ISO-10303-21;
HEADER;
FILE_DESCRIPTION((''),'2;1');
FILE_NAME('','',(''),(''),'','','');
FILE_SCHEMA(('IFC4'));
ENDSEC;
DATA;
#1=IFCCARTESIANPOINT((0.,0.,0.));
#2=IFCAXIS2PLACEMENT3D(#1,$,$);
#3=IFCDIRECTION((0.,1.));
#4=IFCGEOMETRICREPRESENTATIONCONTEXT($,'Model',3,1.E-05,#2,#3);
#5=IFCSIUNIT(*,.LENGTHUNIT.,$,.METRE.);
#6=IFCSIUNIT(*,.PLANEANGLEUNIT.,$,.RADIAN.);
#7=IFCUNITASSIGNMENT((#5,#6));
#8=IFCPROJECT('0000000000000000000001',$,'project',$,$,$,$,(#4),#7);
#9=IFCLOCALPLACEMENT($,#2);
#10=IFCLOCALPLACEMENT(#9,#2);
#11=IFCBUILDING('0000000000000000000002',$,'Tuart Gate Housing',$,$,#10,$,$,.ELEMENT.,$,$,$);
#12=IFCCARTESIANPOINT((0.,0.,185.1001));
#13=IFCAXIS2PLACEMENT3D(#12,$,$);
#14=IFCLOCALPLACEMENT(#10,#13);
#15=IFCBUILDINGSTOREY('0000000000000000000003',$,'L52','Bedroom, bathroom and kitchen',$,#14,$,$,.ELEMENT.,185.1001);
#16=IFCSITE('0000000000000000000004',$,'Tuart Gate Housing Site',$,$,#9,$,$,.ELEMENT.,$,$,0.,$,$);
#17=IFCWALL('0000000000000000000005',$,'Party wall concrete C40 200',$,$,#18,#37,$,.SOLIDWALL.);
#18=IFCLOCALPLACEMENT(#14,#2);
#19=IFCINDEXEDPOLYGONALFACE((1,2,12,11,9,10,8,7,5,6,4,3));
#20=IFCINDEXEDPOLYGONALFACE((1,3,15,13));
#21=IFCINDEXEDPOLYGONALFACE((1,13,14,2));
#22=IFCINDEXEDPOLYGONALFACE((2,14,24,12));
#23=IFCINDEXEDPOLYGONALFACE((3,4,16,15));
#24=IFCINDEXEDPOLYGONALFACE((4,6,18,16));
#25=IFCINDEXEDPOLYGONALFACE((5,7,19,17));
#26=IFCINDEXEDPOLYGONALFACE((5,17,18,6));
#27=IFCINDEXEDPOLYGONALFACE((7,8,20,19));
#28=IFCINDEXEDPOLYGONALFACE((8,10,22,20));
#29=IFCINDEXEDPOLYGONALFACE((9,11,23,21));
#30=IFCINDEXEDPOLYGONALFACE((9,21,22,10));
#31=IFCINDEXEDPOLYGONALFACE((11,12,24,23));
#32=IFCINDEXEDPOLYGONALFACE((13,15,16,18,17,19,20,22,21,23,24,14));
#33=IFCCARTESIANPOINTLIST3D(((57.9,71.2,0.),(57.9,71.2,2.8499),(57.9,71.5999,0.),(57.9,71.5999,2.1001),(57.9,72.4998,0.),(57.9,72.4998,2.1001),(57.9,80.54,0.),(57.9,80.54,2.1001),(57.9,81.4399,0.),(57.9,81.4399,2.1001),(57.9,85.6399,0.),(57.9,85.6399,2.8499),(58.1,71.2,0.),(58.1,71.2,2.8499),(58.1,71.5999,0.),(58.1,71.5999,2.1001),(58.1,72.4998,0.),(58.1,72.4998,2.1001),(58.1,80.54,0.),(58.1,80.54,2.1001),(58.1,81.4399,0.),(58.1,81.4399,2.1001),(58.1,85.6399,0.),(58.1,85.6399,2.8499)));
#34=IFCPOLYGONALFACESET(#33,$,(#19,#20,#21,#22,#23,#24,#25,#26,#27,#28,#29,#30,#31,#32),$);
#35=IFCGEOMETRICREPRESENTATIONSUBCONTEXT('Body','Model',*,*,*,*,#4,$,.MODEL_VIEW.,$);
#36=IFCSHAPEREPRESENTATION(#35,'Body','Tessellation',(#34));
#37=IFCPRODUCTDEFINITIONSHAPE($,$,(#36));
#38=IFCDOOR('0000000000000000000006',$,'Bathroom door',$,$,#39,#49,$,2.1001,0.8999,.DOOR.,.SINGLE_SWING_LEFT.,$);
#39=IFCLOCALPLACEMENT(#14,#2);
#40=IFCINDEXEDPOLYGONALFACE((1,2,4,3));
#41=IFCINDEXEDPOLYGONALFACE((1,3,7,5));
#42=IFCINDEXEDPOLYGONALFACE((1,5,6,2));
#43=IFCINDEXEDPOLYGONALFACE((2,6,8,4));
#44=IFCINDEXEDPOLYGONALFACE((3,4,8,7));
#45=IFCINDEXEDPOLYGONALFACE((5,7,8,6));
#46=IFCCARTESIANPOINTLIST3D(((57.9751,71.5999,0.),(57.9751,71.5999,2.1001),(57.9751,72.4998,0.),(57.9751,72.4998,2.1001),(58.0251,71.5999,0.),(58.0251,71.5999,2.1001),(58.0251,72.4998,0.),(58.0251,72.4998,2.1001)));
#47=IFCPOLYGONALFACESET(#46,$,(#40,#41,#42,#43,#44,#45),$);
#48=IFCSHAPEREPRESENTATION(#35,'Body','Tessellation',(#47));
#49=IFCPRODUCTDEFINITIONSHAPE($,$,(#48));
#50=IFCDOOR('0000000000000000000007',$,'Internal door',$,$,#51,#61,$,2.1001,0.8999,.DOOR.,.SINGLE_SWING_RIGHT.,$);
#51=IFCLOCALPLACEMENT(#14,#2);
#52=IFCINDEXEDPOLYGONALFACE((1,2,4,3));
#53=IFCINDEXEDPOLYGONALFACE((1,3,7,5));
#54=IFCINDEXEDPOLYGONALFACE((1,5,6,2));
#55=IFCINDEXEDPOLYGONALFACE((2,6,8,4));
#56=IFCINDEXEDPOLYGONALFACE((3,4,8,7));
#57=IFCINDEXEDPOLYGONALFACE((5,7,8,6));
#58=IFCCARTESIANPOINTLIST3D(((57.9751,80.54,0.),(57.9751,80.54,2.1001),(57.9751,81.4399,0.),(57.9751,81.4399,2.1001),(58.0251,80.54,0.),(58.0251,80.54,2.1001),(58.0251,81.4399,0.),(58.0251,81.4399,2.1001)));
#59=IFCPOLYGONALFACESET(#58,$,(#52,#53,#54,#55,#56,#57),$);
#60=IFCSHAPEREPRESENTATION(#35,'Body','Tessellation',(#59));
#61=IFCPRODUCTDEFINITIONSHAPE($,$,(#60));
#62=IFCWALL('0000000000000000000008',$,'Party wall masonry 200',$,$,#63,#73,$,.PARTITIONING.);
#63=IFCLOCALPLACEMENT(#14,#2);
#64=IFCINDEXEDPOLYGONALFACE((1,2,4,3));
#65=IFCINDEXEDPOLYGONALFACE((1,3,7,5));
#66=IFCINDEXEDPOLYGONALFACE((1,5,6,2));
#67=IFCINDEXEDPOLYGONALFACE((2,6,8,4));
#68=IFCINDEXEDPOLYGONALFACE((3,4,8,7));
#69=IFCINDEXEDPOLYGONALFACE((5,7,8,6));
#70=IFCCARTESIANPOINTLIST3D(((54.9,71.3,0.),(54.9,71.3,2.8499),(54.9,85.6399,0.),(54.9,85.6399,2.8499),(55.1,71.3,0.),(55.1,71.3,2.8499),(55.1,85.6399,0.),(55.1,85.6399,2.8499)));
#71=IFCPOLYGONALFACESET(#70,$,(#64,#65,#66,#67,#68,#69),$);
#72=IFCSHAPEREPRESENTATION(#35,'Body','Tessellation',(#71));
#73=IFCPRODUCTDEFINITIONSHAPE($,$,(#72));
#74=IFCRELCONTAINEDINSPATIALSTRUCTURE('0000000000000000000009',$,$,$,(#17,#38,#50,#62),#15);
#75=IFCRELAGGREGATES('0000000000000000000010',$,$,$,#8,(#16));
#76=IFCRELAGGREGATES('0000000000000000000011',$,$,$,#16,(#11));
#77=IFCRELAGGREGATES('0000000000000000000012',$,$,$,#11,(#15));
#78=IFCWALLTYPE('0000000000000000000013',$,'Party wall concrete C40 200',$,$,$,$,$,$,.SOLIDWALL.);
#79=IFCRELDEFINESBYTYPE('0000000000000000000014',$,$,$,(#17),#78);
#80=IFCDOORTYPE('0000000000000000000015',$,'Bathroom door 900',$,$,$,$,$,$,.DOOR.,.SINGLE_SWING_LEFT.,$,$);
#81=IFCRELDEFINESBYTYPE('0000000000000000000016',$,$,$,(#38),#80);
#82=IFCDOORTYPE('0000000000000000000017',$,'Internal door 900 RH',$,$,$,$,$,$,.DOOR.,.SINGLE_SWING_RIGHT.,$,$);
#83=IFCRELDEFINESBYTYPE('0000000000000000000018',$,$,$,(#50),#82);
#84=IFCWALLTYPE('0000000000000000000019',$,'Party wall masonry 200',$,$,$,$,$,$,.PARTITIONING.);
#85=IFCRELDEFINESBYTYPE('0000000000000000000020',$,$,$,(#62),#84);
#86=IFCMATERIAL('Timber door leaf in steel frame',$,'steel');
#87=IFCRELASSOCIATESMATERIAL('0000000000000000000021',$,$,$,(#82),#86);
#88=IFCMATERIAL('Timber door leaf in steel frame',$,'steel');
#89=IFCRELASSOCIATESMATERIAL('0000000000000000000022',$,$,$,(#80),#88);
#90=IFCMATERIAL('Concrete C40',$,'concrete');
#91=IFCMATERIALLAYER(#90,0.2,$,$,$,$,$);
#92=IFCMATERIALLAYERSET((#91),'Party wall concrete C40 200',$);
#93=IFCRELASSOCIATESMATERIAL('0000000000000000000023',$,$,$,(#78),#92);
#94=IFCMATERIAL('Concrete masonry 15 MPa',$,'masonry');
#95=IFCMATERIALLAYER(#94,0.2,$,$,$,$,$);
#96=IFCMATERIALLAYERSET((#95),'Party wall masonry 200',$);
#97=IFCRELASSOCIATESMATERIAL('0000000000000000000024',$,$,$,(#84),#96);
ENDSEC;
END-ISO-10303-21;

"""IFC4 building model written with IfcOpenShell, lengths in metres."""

from ifc_helpers import new_model, si_unit, direction, frame, frame_2d, origin, place, context, subcontext, project, spatial, rectangle, extrude, material, layer, layer_set, type_object, element, fill, save


model = new_model("IFC4")

# Units and contexts
model_context = context("Model", 3, precision=1e-05, world=origin(), true_north=direction((0.0, 1.0)))
body_context = subcontext(model_context, "Body", "Model", "MODEL_VIEW")
ifc_project = project(units=[si_unit("LENGTHUNIT", "METRE"), si_unit("PLANEANGLEUNIT", "RADIAN")], contexts=[model_context])

# Site, building, storey
site_placement = place(None, origin())
site = spatial("IfcSite", under=ifc_project, at=site_placement, Name="Tuart Gate Housing Site", CompositionType="ELEMENT", RefElevation=0.0)
building_placement = place(site_placement, origin())
building = spatial("IfcBuilding", under=site, at=building_placement, Name="Tuart Gate Housing", CompositionType="ELEMENT")
storey_placement = place(building_placement, frame((0.0, 0.0, 185.1001)))
storey = spatial("IfcBuildingStorey", under=building, at=storey_placement, Name="L52", Description="Bedroom, bathroom and kitchen", CompositionType="ELEMENT", Elevation=185.1001)

# Shared definitions
ifc_material_1 = material(Name="Timber door leaf in steel frame", Category="steel")
door_type_1 = type_object("IfcDoorType", Name="Internal door 900 RH", OperationType="SINGLE_SWING_RIGHT", PredefinedType="DOOR", material=ifc_material_1)

# Shared definitions
ifc_material_2 = material(Name="Timber door leaf in steel frame", Category="steel")
door_type_2 = type_object("IfcDoorType", Name="Bathroom door 900", OperationType="SINGLE_SWING_LEFT", PredefinedType="DOOR", material=ifc_material_2)

# Shared definitions
ifc_material_3 = material(Name="Concrete C40", Category="concrete")
ifc_layer_1 = layer(ifc_material_3, 0.2)
ifc_layer_set_1 = layer_set([ifc_layer_1], Name="Party wall concrete C40 200")
wall_type_1 = type_object("IfcWallType", Name="Party wall concrete C40 200", PredefinedType="SOLIDWALL", material=ifc_layer_set_1)

# Wall, openings, doors
wall_1_placement = place(storey_placement, frame((58.0, 71.2, 0.0), z_axis=(0.0, 0.0, 1.0), x_axis=(0.0, 1.0, 0.0)))
wall_1 = element("IfcWall", 1, at=wall_1_placement, inside=storey, type_object=wall_type_1, Name="Party wall concrete C40 200", PredefinedType="SOLIDWALL", context=body_context, shape_type="SweptSolid", body=[
    extrude(rectangle(XDim=14.4399, YDim=0.2, at=frame_2d((7.22, 0.0))), origin(), (0.0, 0.0, 1.0), 2.8499),
])
opening_1_placement = place(wall_1_placement, frame((9.3401, 0.0, 0.0)))
opening_1 = element("IfcOpeningElement", 2, at=opening_1_placement, cuts=wall_1, PredefinedType="OPENING", context=body_context, shape_type="SweptSolid", body=[
    extrude(rectangle(XDim=0.8999, YDim=2.1001, at=frame_2d((0.45, 1.05))), frame((0.0, 0.1099, 0.0), z_axis=(0.0, -1.0, 0.0), x_axis=(1.0, 0.0, 0.0)), (0.0, 0.0, 1.0), 0.22),
])
opening_2_placement = place(wall_1_placement, frame((0.3999, 0.0, 0.0)))
opening_2 = element("IfcOpeningElement", 3, at=opening_2_placement, cuts=wall_1, PredefinedType="OPENING", context=body_context, shape_type="SweptSolid", body=[
    extrude(rectangle(XDim=0.8999, YDim=2.1001, at=frame_2d((0.45, 1.05))), frame((0.0, 0.1099, 0.0), z_axis=(0.0, -1.0, 0.0), x_axis=(1.0, 0.0, 0.0)), (0.0, 0.0, 1.0), 0.22),
])
door_1_placement = place(opening_2_placement, origin())
door_1 = element("IfcDoor", 4, at=door_1_placement, inside=storey, type_object=door_type_2, Name="Bathroom door", OperationType="SINGLE_SWING_LEFT", OverallHeight=2.1001, OverallWidth=0.8999, PredefinedType="DOOR", context=body_context, shape_type="SweptSolid", body=[
    extrude(rectangle(XDim=0.8999, YDim=2.1001, at=frame_2d((0.45, 1.05))), frame((0.0, 0.0249, 0.0), z_axis=(0.0, -1.0, 0.0), x_axis=(1.0, 0.0, 0.0)), (0.0, 0.0, 1.0), 0.05),
])
fill(opening_2, door_1)
door_2_placement = place(opening_1_placement, origin())
door_2 = element("IfcDoor", 5, at=door_2_placement, inside=storey, type_object=door_type_1, Name="Internal door", OperationType="SINGLE_SWING_RIGHT", OverallHeight=2.1001, OverallWidth=0.8999, PredefinedType="DOOR", context=body_context, shape_type="SweptSolid", body=[
    extrude(rectangle(XDim=0.8999, YDim=2.1001, at=frame_2d((0.45, 1.05))), frame((0.0, 0.0249, 0.0), z_axis=(0.0, -1.0, 0.0), x_axis=(1.0, 0.0, 0.0)), (0.0, 0.0, 1.0), 0.05),
])
fill(opening_1, door_2)

# Wall
ifc_material_4 = material(Name="Concrete masonry 15 MPa", Category="masonry")
ifc_layer_2 = layer(ifc_material_4, 0.2)
ifc_layer_set_2 = layer_set([ifc_layer_2], Name="Party wall masonry 200")
wall_type_2 = type_object("IfcWallType", Name="Party wall masonry 200", PredefinedType="PARTITIONING", material=ifc_layer_set_2)
wall_2_placement = place(storey_placement, frame((55.0, 71.3, 0.0), z_axis=(0.0, 0.0, 1.0), x_axis=(0.0, 1.0, 0.0)))
element("IfcWall", 6, at=wall_2_placement, inside=storey, type_object=wall_type_2, Name="Party wall masonry 200", PredefinedType="PARTITIONING", context=body_context, shape_type="SweptSolid", body=[
    extrude(rectangle(XDim=14.3398, YDim=0.2, at=frame_2d((7.1699, 0.0))), origin(), (0.0, 0.0, 1.0), 2.8499),
])

save(model, "model.ifc")
